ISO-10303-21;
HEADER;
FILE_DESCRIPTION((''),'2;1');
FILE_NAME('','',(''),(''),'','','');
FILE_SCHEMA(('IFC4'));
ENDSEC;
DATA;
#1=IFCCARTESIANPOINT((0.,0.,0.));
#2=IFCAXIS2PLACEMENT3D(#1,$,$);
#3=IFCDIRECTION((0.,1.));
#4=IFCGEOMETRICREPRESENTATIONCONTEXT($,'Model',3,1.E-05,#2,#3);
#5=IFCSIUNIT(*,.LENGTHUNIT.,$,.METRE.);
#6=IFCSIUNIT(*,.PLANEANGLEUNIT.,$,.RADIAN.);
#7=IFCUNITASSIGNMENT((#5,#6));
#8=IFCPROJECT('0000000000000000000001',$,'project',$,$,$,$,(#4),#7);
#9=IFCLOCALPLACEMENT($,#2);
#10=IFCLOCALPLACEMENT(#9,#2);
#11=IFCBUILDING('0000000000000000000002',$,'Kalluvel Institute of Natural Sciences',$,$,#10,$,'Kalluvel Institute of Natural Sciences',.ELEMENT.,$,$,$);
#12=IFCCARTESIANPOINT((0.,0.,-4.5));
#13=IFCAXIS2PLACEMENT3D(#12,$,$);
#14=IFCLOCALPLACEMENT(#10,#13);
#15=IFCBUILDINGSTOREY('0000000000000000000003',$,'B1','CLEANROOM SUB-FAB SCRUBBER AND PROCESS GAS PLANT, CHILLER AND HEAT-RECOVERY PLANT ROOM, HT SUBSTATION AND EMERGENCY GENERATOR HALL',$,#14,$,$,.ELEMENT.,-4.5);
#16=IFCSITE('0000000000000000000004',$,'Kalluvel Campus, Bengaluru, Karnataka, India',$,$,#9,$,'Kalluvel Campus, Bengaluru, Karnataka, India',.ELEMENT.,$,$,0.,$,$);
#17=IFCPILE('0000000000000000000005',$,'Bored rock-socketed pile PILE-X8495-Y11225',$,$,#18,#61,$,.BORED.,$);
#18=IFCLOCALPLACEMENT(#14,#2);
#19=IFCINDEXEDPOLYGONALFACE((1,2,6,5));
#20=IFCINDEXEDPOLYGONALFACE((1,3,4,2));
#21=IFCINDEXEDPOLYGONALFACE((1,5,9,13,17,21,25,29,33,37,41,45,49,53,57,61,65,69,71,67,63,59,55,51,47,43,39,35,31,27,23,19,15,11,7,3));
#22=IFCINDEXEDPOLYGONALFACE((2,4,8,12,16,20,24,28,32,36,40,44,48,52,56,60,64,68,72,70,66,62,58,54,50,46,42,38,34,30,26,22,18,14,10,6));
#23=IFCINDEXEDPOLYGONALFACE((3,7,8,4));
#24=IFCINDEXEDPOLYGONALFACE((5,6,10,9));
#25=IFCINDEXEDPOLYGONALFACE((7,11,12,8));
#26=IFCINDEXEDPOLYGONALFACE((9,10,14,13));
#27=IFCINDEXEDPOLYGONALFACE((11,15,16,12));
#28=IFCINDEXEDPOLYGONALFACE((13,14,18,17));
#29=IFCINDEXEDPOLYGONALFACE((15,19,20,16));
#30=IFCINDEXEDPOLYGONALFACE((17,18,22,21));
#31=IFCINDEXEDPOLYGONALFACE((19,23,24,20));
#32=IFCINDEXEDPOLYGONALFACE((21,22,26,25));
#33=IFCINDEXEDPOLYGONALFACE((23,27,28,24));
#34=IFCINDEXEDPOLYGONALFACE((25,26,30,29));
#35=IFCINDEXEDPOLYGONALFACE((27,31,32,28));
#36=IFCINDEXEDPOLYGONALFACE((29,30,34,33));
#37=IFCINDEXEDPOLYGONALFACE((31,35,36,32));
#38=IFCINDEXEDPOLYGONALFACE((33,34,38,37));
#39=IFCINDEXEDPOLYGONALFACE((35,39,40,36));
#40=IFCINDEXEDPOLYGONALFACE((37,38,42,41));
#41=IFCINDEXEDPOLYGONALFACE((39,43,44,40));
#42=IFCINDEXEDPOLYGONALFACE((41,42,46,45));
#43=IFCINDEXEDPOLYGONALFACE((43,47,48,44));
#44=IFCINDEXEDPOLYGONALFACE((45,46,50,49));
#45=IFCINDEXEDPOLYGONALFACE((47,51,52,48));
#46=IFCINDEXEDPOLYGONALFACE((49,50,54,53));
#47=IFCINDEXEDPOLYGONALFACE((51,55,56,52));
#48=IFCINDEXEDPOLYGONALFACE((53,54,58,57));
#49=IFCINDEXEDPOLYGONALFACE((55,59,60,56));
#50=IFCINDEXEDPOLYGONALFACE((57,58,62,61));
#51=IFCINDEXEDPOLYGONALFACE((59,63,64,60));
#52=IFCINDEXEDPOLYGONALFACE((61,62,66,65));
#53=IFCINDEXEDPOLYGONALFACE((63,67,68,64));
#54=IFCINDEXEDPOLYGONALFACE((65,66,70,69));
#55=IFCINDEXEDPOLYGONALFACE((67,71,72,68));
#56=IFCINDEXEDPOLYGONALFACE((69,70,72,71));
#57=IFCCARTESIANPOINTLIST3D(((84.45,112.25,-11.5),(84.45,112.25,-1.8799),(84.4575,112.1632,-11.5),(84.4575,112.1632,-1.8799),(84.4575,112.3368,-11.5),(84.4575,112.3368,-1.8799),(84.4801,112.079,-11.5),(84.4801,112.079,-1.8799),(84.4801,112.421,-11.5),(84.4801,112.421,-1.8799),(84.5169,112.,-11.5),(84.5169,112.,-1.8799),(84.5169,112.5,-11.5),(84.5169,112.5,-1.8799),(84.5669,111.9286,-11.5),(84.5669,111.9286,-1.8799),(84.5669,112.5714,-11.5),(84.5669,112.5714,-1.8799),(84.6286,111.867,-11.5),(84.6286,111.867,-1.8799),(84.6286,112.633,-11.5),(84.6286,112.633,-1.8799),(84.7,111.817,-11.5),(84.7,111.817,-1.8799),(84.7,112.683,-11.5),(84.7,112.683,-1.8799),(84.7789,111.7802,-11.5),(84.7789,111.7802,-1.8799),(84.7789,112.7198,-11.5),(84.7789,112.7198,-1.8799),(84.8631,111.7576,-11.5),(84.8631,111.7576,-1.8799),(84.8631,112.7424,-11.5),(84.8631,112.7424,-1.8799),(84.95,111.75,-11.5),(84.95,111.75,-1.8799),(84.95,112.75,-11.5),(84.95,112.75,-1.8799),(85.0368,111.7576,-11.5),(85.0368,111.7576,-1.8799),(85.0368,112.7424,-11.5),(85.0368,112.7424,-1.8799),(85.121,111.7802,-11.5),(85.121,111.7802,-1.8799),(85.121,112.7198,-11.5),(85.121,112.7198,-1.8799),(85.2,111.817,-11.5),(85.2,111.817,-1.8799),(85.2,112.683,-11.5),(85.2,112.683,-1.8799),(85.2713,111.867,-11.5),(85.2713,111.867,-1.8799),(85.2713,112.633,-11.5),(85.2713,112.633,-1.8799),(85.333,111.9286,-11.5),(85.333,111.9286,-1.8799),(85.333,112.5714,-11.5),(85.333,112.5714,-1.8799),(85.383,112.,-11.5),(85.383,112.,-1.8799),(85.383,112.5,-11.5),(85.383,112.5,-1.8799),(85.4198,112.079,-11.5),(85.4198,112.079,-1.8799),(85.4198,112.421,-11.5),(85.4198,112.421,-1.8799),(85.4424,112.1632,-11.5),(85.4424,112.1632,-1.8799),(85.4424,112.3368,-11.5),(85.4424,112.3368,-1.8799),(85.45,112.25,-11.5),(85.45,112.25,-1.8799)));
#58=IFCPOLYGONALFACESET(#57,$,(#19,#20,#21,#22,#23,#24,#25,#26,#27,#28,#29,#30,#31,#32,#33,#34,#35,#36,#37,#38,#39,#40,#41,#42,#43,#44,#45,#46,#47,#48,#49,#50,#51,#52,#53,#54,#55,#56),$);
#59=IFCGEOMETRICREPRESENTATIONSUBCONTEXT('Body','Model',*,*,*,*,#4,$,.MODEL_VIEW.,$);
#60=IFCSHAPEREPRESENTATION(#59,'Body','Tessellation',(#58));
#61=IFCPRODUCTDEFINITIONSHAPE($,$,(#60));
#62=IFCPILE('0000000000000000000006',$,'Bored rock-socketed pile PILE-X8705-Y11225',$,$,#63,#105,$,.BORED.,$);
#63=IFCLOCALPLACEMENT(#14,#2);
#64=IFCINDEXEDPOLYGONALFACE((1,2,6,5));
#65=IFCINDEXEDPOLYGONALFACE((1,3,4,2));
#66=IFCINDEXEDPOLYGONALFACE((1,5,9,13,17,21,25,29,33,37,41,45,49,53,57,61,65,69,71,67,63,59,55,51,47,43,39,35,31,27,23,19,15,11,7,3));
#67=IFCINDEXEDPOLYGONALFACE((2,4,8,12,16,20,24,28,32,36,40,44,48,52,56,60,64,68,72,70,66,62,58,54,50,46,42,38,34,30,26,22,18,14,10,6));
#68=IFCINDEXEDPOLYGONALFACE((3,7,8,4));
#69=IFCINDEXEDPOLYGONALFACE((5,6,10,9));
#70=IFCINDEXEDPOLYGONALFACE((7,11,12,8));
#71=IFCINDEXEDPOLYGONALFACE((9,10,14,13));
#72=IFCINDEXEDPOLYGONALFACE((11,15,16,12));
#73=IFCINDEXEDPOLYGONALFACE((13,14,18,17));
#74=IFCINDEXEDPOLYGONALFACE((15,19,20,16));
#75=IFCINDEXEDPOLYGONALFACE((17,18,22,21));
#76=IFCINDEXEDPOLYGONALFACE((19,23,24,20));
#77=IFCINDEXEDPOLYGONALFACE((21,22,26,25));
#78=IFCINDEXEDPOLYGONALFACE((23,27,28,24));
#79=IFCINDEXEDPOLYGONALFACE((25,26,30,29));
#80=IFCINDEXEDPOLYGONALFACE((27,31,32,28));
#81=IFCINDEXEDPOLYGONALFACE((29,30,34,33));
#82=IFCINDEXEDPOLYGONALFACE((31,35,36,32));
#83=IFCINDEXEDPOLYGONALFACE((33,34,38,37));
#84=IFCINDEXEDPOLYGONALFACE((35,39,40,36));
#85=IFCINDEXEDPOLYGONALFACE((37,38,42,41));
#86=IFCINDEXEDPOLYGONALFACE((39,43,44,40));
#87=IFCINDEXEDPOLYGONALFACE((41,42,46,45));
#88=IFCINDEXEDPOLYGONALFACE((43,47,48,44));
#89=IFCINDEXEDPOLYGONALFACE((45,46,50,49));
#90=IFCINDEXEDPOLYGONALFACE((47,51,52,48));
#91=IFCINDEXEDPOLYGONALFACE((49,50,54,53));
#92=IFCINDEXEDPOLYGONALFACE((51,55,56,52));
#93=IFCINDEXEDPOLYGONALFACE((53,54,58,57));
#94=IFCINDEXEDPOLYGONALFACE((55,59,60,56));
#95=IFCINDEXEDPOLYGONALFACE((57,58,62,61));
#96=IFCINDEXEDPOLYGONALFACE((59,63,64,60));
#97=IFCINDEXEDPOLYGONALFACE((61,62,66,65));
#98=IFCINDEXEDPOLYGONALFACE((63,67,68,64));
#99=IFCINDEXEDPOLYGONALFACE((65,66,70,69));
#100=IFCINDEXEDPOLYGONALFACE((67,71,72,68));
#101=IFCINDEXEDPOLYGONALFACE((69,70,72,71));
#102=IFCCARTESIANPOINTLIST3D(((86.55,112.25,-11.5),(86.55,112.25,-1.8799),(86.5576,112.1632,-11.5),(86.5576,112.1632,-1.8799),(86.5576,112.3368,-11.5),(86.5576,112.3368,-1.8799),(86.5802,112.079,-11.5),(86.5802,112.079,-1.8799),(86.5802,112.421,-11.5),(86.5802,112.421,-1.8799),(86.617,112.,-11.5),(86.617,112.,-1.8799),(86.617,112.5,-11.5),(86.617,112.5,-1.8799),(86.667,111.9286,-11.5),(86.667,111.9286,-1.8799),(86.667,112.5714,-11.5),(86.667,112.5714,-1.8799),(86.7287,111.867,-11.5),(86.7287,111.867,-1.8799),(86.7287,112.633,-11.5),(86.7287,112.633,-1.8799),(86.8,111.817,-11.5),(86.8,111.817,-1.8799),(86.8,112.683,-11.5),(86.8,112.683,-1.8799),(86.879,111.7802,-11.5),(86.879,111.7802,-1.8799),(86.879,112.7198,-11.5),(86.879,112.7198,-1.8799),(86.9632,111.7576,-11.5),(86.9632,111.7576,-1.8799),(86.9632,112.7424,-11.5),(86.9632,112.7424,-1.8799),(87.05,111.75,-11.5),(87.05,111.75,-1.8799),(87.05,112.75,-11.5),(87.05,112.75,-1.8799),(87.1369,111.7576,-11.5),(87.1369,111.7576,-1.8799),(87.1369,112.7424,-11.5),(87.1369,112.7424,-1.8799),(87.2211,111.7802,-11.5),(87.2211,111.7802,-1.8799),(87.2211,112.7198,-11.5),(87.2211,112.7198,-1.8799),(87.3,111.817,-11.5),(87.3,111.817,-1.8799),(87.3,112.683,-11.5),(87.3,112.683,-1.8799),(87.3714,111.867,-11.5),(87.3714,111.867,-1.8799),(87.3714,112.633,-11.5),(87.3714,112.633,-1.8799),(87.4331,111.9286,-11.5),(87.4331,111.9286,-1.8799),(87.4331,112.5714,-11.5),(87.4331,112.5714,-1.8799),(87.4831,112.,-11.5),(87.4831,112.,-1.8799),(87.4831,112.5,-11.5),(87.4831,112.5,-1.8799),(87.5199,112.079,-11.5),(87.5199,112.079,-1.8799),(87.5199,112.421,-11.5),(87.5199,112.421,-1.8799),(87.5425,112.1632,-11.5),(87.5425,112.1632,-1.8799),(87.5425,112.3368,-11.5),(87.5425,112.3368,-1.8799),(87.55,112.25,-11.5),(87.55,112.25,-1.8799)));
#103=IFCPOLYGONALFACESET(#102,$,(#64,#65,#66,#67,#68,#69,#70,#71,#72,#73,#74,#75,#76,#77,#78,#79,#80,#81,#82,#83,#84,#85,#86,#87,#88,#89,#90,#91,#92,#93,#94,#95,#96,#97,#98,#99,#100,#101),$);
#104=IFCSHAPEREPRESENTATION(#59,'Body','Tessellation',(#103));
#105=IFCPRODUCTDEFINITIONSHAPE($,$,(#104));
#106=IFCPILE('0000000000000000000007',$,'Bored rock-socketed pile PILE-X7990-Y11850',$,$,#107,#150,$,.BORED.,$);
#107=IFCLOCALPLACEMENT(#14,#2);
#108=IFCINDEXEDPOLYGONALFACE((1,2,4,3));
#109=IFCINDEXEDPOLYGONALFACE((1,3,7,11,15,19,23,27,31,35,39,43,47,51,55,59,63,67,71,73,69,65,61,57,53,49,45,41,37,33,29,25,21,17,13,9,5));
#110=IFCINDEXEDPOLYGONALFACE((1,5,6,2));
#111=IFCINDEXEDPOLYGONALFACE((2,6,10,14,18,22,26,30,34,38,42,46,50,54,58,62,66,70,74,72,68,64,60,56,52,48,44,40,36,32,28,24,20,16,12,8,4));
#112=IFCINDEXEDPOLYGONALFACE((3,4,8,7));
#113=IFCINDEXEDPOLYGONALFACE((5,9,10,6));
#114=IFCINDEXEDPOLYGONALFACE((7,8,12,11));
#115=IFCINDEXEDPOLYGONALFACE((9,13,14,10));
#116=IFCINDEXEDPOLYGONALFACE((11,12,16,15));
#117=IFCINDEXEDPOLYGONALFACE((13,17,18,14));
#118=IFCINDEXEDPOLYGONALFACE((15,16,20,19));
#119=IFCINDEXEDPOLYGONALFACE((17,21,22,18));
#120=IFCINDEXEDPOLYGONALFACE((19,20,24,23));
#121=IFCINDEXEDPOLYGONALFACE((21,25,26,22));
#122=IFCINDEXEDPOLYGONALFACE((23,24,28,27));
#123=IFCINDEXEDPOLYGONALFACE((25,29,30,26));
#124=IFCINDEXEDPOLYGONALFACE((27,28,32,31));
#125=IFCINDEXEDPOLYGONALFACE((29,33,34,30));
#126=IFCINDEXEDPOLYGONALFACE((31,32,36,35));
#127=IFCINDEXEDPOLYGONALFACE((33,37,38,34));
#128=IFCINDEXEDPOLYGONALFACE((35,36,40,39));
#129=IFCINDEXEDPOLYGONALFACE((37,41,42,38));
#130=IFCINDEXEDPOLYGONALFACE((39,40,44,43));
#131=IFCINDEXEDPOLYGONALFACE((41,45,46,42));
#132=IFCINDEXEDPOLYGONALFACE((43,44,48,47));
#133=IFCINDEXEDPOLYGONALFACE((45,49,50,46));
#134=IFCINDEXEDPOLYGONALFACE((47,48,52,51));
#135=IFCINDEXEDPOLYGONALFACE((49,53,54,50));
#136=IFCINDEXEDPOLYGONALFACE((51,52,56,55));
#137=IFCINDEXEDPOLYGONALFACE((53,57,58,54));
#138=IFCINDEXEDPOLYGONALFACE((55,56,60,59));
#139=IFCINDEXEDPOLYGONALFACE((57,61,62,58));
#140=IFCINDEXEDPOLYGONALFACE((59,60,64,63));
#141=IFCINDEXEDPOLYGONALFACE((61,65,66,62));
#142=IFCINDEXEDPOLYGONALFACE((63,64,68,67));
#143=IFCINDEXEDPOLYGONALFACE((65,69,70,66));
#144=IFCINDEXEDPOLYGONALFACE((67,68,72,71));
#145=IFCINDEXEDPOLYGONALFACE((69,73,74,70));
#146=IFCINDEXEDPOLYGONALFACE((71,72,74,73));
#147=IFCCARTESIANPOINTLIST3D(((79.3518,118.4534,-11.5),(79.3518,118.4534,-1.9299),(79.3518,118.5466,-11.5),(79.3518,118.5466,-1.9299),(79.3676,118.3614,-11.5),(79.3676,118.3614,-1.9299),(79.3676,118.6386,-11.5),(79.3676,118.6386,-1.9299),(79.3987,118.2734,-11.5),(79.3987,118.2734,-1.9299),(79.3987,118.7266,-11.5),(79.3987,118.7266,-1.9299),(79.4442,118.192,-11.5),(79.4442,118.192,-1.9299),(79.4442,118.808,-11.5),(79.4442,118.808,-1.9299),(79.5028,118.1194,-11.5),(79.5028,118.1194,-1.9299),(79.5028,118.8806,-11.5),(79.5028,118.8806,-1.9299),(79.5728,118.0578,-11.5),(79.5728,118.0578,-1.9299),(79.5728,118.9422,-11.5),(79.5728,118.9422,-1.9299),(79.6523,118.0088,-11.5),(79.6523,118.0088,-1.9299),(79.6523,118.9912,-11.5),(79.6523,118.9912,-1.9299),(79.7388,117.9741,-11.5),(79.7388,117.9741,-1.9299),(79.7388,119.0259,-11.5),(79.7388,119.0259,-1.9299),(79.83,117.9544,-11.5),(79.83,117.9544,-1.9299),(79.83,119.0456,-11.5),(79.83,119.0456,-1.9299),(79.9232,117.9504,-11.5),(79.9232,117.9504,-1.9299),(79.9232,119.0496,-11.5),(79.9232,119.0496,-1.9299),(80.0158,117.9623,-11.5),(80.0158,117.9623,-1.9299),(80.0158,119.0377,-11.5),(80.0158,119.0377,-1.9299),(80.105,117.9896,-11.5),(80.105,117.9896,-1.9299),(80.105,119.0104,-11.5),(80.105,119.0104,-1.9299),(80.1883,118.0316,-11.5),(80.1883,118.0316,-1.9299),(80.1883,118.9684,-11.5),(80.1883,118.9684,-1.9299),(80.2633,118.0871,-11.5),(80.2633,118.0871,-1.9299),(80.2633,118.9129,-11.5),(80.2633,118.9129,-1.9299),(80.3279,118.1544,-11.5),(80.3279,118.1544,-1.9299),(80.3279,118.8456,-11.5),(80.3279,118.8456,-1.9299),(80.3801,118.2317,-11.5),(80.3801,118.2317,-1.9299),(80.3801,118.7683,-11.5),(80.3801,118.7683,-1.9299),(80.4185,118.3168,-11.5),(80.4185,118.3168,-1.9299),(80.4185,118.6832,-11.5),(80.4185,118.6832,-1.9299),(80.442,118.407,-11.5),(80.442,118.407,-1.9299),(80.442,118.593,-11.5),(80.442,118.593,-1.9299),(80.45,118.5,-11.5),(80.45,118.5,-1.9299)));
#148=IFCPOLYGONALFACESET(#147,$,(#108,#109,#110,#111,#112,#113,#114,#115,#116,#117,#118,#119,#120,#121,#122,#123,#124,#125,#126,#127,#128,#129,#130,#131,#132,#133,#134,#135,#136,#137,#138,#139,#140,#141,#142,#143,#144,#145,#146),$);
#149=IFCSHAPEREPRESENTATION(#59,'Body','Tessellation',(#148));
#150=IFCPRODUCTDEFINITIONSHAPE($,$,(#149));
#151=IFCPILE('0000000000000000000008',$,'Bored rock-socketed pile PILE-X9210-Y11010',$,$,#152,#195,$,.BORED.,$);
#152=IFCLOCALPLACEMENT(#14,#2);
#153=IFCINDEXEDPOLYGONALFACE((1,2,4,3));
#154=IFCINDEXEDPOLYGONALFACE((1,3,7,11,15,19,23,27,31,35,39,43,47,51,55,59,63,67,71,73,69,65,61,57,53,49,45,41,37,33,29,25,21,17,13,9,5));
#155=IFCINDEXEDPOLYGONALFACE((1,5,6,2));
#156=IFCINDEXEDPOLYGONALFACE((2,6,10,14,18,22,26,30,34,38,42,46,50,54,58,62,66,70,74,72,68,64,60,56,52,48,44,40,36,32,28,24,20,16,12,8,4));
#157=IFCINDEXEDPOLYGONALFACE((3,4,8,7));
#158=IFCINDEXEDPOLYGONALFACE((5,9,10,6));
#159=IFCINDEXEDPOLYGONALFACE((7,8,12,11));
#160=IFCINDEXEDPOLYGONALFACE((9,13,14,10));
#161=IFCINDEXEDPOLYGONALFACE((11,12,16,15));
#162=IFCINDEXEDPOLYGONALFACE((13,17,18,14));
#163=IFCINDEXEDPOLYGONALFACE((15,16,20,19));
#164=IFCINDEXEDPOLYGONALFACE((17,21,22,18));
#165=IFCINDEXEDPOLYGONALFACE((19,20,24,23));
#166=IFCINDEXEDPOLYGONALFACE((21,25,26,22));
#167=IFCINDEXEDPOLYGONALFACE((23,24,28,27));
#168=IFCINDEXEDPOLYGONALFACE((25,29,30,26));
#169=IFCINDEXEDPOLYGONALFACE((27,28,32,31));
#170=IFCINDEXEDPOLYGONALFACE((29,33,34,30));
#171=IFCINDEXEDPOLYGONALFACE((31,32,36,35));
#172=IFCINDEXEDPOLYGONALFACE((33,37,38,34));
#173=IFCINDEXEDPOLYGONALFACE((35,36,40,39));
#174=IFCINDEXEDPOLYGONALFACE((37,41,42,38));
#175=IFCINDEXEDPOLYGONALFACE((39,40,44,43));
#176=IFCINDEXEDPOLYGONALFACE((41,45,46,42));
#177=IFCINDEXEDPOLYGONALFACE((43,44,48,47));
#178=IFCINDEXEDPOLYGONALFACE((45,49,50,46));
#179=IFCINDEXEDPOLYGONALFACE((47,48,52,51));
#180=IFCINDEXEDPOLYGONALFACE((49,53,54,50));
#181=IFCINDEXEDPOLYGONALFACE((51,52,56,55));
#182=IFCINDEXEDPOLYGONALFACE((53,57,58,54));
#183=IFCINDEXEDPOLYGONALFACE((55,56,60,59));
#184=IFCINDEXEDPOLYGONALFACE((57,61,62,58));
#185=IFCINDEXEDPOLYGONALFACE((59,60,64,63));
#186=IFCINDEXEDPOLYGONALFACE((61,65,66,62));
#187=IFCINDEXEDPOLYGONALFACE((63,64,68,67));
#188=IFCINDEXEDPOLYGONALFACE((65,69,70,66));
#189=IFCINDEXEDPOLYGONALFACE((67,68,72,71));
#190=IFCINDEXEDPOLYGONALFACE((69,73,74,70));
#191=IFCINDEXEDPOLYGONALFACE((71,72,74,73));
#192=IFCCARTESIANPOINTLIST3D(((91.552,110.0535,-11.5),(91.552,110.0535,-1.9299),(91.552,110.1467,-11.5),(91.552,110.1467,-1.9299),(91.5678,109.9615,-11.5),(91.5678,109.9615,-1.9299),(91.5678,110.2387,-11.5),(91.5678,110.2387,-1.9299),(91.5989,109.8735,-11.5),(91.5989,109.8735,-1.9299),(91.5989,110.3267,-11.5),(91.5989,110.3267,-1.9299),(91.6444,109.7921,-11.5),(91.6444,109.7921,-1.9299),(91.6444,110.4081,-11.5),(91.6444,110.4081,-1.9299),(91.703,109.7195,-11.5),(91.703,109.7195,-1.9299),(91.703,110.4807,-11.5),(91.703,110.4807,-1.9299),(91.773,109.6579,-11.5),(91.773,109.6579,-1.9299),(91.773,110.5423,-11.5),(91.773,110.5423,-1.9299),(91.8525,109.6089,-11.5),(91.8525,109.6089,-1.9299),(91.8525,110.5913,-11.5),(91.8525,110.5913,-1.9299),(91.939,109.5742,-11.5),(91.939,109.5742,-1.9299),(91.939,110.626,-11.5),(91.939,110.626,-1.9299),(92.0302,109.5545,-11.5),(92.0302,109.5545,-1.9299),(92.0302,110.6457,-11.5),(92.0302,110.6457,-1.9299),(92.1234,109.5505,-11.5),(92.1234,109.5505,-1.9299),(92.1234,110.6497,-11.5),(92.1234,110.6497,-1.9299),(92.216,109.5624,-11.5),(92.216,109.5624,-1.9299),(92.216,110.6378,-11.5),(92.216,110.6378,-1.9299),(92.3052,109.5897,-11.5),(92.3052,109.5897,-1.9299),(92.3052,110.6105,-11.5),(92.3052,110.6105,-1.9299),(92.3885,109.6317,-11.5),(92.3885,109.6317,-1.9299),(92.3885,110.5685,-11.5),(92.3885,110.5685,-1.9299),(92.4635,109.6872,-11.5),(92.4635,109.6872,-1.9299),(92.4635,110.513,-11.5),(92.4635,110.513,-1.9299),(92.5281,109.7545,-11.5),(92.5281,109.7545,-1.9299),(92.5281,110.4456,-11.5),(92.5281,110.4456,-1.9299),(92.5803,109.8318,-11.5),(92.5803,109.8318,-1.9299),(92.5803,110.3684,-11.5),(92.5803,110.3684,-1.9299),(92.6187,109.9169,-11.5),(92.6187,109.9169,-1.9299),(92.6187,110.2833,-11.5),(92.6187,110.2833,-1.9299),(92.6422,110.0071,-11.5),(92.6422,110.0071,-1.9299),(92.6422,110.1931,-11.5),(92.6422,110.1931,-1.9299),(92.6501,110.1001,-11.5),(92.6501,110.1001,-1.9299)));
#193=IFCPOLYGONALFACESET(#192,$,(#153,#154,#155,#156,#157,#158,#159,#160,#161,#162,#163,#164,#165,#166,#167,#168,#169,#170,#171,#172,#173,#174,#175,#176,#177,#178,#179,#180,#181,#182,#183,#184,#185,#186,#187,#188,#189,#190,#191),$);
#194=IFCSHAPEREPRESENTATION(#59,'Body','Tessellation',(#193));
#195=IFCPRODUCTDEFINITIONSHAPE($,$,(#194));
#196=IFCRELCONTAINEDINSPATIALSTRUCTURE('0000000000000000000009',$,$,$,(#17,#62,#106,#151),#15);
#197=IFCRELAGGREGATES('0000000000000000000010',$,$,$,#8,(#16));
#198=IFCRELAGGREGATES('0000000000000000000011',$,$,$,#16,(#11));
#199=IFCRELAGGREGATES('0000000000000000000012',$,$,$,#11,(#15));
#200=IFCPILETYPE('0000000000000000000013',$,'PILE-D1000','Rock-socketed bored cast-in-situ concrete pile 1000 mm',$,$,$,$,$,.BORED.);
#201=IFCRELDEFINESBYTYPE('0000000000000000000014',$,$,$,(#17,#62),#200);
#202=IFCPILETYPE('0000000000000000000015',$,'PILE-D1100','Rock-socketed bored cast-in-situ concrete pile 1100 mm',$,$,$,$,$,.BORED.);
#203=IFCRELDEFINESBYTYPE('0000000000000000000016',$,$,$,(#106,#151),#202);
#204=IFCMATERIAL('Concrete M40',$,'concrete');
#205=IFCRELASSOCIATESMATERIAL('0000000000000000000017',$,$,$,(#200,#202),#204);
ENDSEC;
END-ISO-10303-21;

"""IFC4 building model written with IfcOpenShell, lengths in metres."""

from ifc_helpers import new_model, si_unit, direction, frame, origin, origin_2d, place, context, subcontext, project, spatial, circle, extrude, material, material_profile, profile_set, type_object, element, save


model = new_model("IFC4")

# Units and contexts
model_context = context("Model", 3, precision=1e-05, world=origin(), true_north=direction((0.0, 1.0)))
body_context = subcontext(model_context, "Body", "Model", "MODEL_VIEW")
ifc_project = project(units=[si_unit("LENGTHUNIT", "METRE"), si_unit("PLANEANGLEUNIT", "RADIAN")], contexts=[model_context])

# Site, building, storey
site_placement = place(None, origin())
site = spatial("IfcSite", under=ifc_project, at=site_placement, Name="Kalluvel Campus, Bengaluru, Karnataka, India", LongName="Kalluvel Campus, Bengaluru, Karnataka, India", CompositionType="ELEMENT", RefElevation=0.0)
building_placement = place(site_placement, origin())
building = spatial("IfcBuilding", under=site, at=building_placement, Name="Kalluvel Institute of Natural Sciences", LongName="Kalluvel Institute of Natural Sciences", CompositionType="ELEMENT")
storey_placement = place(building_placement, frame((0.0, 0.0, -4.5)))
storey = spatial("IfcBuildingStorey", under=building, at=storey_placement, Name="B1", Description="CLEANROOM SUB-FAB SCRUBBER AND PROCESS GAS PLANT, CHILLER AND HEAT-RECOVERY PLANT ROOM, HT SUBSTATION AND EMERGENCY GENERATOR HALL", CompositionType="ELEMENT", Elevation=-4.5)

# Shared definitions
ifc_material_1 = material(Name="Concrete M40", Category="concrete")

# Piles
ifc_material_profile_1 = material_profile(ifc_material_1, circle(Radius=0.5, at=origin_2d()), Name="PILE D1000")
ifc_profile_set_1 = profile_set([ifc_material_profile_1], Name="Concrete M40")
pile_type_1 = type_object("IfcPileType", Name="PILE-D1000", Description="Rock-socketed bored cast-in-situ concrete pile 1000 mm", PredefinedType="BORED", material=ifc_profile_set_1)
for number, where, z_axis, x_axis, name in (
    (1, (84.95, 112.25, -1.8799), (0.0, 0.0, -1.0), (1.0, 0.0, 0.0), "Bored rock-socketed pile PILE-X8495-Y11225"),
    (2, (87.05, 112.25, -1.8799), (0.0, 0.0, -1.0), (1.0, 0.0, 0.0), "Bored rock-socketed pile PILE-X8705-Y11225"),
):
    element("IfcPile", number, at=place(storey_placement, frame(where, z_axis=z_axis, x_axis=x_axis)), inside=storey, type_object=pile_type_1, Name=name, PredefinedType="BORED", context=body_context, shape_type="SweptSolid", body=[
        extrude(circle(Radius=0.5, at=origin_2d()), origin(), (0.0, 0.0, 1.0), 9.6201),
    ])
ifc_material_profile_2 = material_profile(ifc_material_1, circle(Radius=0.55, at=origin_2d()), Name="PILE D1100")
ifc_profile_set_2 = profile_set([ifc_material_profile_2], Name="Concrete M40")
pile_type_2 = type_object("IfcPileType", Name="PILE-D1100", Description="Rock-socketed bored cast-in-situ concrete pile 1100 mm", PredefinedType="BORED", material=ifc_profile_set_2)
for number, where, z_axis, x_axis, name in (
    (3, (79.8999, 118.5, -1.9299), (0.0, 0.0, -1.0), (1.0, 0.0, 0.0), "Bored rock-socketed pile PILE-X7990-Y11850"),
    (4, (92.1001, 110.1001, -1.9299), (0.0, 0.0, -1.0), (1.0, 0.0, 0.0), "Bored rock-socketed pile PILE-X9210-Y11010"),
):
    element("IfcPile", number, at=place(storey_placement, frame(where, z_axis=z_axis, x_axis=x_axis)), inside=storey, type_object=pile_type_2, Name=name, PredefinedType="BORED", context=body_context, shape_type="SweptSolid", body=[
        extrude(circle(Radius=0.55, at=origin_2d()), origin(), (0.0, 0.0, 1.0), 9.5701),
    ])

save(model, "model.ifc")
